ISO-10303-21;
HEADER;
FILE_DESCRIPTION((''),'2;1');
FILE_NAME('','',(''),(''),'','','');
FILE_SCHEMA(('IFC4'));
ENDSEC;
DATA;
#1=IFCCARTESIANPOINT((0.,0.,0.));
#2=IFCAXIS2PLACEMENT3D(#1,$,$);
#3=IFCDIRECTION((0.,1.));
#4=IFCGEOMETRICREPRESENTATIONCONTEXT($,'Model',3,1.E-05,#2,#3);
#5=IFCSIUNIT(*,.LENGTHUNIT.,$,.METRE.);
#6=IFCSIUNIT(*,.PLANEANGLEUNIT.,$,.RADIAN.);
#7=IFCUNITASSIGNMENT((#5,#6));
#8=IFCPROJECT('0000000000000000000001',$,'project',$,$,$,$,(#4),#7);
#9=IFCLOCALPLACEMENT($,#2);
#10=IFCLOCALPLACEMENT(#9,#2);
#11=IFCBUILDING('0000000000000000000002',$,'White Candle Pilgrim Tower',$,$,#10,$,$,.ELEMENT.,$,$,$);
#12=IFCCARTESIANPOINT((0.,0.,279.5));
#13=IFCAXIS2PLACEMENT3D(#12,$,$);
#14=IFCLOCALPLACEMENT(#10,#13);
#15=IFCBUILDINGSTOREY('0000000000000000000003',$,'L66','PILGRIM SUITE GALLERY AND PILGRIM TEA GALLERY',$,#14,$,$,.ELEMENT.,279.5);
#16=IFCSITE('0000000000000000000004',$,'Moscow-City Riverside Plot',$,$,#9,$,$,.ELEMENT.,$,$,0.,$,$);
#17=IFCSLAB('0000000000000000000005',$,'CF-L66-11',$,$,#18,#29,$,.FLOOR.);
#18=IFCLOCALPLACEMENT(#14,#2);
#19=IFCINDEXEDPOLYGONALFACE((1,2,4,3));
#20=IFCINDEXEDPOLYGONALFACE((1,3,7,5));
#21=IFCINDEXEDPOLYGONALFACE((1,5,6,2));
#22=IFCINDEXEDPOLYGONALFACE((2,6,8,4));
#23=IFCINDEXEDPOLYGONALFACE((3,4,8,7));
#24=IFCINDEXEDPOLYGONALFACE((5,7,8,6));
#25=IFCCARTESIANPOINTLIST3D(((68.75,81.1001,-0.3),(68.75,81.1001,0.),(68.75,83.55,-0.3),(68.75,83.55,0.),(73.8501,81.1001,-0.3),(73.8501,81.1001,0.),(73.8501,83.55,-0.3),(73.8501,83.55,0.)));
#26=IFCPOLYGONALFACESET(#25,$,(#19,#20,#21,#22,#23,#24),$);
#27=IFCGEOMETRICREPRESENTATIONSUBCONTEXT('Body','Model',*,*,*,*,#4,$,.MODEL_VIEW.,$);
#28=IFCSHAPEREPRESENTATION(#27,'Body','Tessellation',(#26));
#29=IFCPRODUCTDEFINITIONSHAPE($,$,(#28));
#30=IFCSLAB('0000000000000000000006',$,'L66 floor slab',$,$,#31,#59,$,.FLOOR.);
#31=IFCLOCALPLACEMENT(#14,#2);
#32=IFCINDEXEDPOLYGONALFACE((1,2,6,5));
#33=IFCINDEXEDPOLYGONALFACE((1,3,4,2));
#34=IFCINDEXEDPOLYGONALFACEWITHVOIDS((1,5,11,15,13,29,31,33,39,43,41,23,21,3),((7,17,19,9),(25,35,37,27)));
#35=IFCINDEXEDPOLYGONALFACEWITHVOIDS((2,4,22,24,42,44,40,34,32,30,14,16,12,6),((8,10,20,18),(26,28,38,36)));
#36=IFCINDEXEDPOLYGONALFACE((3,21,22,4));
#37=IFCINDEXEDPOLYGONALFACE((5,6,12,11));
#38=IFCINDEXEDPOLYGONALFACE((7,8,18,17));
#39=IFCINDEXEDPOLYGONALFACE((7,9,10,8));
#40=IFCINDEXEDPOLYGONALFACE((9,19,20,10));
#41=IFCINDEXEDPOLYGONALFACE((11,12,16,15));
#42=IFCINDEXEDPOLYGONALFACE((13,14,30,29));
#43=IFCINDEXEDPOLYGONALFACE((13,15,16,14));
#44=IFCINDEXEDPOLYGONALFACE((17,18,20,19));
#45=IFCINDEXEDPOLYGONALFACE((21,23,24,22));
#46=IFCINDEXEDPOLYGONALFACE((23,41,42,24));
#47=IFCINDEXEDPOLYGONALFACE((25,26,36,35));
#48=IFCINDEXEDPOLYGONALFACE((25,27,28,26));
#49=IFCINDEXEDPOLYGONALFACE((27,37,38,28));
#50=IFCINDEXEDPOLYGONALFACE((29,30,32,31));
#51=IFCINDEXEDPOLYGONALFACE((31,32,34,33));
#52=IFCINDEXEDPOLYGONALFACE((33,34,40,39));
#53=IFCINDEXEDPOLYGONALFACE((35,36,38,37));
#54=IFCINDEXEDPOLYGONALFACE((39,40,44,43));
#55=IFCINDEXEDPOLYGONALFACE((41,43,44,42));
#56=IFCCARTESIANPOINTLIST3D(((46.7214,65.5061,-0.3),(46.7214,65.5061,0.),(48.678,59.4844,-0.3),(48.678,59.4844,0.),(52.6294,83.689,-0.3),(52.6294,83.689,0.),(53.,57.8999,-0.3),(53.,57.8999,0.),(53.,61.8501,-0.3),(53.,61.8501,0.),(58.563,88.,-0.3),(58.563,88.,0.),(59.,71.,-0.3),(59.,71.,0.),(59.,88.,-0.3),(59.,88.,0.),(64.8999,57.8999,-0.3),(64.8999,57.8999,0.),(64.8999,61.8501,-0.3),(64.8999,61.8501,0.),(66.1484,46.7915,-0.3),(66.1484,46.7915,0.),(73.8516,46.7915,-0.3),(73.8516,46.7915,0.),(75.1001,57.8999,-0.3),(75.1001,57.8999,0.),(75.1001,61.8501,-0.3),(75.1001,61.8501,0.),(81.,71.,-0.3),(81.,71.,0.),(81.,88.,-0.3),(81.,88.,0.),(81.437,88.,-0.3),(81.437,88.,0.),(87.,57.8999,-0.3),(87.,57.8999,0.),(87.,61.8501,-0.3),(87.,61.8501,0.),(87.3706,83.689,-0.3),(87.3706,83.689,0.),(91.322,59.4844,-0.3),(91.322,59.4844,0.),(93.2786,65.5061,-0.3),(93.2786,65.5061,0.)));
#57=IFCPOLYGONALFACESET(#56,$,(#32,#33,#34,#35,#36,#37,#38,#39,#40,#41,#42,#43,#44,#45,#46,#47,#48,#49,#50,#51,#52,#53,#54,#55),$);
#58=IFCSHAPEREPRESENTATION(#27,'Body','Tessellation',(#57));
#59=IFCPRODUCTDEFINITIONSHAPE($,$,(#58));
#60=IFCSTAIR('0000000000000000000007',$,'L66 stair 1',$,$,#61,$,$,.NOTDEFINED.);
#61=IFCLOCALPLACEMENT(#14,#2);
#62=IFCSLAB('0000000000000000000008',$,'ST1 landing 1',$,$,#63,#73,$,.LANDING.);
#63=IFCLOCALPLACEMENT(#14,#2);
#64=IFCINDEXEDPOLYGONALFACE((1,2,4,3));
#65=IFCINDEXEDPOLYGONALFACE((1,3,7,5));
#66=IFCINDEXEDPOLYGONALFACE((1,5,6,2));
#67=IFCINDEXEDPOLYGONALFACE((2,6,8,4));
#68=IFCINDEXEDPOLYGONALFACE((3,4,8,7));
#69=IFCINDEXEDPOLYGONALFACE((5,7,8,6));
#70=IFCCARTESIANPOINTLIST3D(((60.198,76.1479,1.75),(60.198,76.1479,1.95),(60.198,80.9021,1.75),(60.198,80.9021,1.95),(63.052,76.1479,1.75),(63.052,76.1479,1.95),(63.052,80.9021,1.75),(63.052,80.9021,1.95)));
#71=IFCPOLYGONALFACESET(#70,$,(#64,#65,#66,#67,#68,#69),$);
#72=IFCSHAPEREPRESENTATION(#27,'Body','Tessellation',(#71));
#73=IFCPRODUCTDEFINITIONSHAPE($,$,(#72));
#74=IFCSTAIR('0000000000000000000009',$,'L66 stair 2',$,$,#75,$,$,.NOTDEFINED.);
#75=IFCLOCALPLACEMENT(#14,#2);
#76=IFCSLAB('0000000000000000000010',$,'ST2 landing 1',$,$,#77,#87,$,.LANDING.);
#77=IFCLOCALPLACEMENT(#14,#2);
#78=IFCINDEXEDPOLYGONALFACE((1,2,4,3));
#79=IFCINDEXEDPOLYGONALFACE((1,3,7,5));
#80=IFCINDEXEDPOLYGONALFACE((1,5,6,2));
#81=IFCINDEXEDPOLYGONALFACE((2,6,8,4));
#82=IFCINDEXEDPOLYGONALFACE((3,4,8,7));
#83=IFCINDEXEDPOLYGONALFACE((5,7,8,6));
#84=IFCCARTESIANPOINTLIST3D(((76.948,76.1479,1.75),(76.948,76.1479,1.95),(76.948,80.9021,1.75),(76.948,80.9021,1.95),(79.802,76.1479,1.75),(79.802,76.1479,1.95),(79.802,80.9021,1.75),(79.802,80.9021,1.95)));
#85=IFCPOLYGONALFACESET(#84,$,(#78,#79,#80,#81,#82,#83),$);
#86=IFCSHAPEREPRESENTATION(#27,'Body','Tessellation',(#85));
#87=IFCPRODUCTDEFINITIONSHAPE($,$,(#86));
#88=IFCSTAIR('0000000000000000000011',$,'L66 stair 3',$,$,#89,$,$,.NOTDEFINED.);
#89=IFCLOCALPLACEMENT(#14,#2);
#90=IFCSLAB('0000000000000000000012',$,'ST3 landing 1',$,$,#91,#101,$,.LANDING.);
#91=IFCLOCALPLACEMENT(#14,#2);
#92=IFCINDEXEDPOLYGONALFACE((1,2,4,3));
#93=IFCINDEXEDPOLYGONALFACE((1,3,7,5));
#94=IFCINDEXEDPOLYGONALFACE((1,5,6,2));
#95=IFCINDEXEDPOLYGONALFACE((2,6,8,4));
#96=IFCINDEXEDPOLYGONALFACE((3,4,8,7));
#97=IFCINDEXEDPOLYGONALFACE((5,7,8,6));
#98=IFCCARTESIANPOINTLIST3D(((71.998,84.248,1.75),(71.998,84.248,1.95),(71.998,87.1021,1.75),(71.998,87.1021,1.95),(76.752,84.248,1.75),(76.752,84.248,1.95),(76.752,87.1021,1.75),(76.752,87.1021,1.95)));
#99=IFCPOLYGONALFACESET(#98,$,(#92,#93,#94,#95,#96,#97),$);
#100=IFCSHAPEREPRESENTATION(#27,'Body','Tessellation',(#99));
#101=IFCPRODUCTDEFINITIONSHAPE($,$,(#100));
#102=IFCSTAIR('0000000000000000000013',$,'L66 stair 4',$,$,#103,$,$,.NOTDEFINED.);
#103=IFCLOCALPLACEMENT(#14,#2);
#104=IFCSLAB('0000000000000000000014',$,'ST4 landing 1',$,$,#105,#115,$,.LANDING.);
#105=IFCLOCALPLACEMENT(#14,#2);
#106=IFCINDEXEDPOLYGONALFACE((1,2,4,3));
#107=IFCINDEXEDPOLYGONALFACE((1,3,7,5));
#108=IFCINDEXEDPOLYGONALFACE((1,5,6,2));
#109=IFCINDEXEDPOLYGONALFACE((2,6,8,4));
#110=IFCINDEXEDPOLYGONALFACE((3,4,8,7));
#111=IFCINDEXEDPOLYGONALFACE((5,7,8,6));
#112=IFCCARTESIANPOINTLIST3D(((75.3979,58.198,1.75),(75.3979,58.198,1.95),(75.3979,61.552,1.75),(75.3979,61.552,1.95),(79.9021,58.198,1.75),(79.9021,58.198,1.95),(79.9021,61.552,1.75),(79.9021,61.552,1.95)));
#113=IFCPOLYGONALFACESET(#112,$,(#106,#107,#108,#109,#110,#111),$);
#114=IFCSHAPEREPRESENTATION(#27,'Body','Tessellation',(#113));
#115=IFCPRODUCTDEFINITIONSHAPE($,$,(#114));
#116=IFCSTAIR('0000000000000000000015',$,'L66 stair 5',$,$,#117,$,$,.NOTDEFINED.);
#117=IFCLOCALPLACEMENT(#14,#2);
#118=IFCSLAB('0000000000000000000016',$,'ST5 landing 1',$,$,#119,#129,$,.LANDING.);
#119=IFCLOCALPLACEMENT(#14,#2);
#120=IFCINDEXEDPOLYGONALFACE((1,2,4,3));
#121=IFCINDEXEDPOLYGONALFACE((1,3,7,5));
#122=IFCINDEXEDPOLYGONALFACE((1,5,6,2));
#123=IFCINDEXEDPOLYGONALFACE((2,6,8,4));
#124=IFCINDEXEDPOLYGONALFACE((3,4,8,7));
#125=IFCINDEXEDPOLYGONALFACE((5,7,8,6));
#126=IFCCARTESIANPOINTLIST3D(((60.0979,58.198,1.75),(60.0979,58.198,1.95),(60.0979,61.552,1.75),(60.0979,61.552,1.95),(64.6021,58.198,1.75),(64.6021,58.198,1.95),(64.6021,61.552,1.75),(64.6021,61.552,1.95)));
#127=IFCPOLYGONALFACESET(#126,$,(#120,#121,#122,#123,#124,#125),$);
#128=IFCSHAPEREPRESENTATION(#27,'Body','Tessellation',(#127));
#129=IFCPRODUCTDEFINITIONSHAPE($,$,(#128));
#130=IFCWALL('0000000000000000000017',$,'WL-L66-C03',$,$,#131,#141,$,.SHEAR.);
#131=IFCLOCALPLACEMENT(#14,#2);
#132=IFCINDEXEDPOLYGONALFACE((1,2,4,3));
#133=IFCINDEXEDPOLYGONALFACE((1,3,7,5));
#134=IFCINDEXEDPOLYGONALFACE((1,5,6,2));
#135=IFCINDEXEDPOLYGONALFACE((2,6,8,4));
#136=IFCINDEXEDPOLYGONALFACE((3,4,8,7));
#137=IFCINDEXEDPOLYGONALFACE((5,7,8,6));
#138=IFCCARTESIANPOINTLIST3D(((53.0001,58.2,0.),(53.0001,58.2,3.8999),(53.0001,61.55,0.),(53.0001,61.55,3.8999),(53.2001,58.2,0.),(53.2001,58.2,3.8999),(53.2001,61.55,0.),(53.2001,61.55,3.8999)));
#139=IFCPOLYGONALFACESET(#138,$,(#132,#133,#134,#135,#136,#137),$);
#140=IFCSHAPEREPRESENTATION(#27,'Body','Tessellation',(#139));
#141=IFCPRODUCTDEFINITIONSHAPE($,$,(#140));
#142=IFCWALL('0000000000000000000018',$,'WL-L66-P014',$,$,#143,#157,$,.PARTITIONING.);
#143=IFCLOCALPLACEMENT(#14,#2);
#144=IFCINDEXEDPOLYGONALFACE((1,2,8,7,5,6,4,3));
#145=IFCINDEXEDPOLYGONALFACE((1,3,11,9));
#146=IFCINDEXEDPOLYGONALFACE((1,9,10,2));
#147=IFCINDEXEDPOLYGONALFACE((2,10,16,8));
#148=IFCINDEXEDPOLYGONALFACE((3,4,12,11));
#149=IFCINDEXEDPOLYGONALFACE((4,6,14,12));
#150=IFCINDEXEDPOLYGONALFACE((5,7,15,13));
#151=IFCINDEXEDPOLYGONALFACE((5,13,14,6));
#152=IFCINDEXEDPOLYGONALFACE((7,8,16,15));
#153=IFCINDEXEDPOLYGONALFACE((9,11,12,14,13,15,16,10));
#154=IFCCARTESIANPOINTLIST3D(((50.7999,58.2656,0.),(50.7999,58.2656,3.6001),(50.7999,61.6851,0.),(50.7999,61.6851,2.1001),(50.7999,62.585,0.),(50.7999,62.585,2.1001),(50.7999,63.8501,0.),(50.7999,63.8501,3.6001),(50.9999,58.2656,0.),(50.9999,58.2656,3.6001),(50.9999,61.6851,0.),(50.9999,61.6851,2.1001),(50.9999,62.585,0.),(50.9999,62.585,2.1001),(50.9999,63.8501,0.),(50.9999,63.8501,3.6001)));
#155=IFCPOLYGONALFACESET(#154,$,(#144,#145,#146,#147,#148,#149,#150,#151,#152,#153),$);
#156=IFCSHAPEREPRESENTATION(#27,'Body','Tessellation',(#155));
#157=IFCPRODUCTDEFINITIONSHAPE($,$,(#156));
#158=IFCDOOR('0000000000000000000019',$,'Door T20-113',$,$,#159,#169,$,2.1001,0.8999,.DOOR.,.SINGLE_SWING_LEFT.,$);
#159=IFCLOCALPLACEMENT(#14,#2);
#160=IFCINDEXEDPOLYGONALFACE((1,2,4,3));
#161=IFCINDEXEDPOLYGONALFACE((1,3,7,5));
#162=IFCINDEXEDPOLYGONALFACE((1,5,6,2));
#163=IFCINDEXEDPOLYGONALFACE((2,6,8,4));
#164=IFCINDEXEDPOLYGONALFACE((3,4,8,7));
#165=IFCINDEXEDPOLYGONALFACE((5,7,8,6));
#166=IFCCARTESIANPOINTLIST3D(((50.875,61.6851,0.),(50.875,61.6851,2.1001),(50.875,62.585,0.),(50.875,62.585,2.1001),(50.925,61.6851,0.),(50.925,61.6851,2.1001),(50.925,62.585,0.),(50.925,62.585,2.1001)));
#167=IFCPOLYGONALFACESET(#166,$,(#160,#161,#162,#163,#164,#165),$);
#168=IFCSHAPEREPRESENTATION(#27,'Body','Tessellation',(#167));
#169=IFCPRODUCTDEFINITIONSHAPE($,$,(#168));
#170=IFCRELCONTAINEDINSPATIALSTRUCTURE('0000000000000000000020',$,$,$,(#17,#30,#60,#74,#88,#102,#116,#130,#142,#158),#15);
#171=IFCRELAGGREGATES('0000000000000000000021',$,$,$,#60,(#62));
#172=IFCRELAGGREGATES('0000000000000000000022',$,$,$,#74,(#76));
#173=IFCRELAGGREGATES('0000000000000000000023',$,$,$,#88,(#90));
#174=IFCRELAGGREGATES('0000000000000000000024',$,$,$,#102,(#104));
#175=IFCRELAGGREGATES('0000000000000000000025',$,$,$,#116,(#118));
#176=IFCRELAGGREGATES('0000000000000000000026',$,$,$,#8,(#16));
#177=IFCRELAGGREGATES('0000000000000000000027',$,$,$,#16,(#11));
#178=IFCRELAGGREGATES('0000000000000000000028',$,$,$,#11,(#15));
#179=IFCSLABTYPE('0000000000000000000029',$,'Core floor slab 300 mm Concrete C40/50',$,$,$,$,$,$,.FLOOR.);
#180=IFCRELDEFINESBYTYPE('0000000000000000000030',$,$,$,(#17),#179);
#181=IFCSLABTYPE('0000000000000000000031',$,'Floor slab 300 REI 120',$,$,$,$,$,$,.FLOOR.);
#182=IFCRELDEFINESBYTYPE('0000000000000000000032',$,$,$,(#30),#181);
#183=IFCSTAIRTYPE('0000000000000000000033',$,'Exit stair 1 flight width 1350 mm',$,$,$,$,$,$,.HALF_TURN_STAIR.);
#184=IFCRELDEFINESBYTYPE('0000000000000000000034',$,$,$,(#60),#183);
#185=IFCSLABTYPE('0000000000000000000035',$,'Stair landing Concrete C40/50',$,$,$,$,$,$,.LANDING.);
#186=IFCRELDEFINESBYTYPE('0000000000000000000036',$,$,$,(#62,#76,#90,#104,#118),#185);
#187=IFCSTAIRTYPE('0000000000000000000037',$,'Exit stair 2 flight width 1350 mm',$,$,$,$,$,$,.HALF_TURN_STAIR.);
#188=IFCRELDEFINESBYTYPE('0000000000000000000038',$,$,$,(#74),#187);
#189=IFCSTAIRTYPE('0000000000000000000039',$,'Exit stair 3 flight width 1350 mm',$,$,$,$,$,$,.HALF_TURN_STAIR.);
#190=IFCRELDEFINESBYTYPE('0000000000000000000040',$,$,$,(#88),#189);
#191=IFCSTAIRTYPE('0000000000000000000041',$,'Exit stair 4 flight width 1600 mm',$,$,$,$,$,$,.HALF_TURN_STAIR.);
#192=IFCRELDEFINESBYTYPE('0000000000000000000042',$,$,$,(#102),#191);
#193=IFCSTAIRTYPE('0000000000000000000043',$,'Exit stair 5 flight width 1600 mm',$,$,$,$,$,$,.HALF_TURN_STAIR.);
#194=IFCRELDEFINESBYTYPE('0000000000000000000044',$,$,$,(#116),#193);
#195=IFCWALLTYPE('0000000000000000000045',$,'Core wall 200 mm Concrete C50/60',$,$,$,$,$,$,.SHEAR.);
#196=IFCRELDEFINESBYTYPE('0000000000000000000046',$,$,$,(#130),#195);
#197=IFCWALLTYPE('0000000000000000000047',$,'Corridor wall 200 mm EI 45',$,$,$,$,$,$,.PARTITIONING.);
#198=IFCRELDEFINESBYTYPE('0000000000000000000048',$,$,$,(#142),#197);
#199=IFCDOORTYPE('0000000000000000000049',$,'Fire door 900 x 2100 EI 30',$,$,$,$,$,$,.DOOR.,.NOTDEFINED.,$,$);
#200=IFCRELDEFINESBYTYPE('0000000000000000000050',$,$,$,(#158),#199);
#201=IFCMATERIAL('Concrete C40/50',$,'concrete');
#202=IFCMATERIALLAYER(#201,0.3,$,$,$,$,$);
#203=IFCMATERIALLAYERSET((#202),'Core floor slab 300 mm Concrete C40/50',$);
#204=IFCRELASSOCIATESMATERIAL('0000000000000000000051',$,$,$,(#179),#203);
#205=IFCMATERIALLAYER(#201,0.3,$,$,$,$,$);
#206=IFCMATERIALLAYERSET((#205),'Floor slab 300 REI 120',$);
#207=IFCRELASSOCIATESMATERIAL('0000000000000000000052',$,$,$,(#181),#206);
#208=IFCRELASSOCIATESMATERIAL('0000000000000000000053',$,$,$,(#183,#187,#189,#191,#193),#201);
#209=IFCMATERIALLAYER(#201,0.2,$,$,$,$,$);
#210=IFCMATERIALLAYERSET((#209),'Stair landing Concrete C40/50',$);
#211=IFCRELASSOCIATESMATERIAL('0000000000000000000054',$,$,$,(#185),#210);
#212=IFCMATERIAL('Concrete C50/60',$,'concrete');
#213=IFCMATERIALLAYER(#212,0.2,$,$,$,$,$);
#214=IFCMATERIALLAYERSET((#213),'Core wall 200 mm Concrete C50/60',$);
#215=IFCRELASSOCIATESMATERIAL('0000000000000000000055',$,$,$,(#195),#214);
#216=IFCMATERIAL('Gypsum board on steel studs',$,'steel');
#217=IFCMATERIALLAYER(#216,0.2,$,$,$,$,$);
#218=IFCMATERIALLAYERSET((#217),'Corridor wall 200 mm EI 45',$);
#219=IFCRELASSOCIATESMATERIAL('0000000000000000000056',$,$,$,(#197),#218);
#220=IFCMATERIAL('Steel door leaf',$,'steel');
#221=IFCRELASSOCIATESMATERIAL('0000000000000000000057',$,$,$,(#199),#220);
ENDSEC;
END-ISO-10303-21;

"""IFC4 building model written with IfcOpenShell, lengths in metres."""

from ifc_helpers import new_model, si_unit, direction, frame, frame_2d, origin, place, context, subcontext, project, spatial, polyline, rectangle, outline, extrude, material, layer, layer_set, type_object, element, fill, aggregate, save


model = new_model("IFC4")

# Units and contexts
model_context = context("Model", 3, precision=1e-05, world=origin(), true_north=direction((0.0, 1.0)))
body_context = subcontext(model_context, "Body", "Model", "MODEL_VIEW")
ifc_project = project(units=[si_unit("LENGTHUNIT", "METRE"), si_unit("PLANEANGLEUNIT", "RADIAN")], contexts=[model_context])

# Site, building, storey
site_placement = place(None, origin())
site = spatial("IfcSite", under=ifc_project, at=site_placement, Name="Moscow-City Riverside Plot", CompositionType="ELEMENT", RefElevation=0.0)
building_placement = place(site_placement, origin())
building = spatial("IfcBuilding", under=site, at=building_placement, Name="White Candle Pilgrim Tower", CompositionType="ELEMENT")
storey_placement = place(building_placement, frame((0.0, 0.0, 279.5)))
storey = spatial("IfcBuildingStorey", under=building, at=storey_placement, Name="L66", Description="PILGRIM SUITE GALLERY AND PILGRIM TEA GALLERY", CompositionType="ELEMENT", Elevation=279.5)

# Slabs
ifc_material_1 = material(Name="Concrete C40/50", Category="concrete")
ifc_layer_1 = layer(ifc_material_1, 0.3)
ifc_layer_set_1 = layer_set([ifc_layer_1], Name="Core floor slab 300 mm Concrete C40/50")
slab_type_1 = type_object("IfcSlabType", Name="Core floor slab 300 mm Concrete C40/50", PredefinedType="FLOOR", material=ifc_layer_set_1)
slab_1_placement = place(storey_placement, frame((0.0, 0.0, -0.3)))
element("IfcSlab", 1, at=slab_1_placement, inside=storey, type_object=slab_type_1, Name="CF-L66-11", PredefinedType="FLOOR", context=body_context, shape_type="SweptSolid", body=[
    extrude(outline(polyline([(73.8501, 83.55), (73.8501, 81.1001), (68.75, 81.1001), (68.75, 83.55), (73.8501, 83.55)])), origin(), (0.0, 0.0, 1.0), 0.3),
])
ifc_layer_2 = layer(ifc_material_1, 0.3)
ifc_layer_set_2 = layer_set([ifc_layer_2], Name="Floor slab 300 REI 120")
slab_type_2 = type_object("IfcSlabType", Name="Floor slab 300 REI 120", PredefinedType="FLOOR", material=ifc_layer_set_2)
slab_2_placement = place(storey_placement, frame((0.0, 0.0, -0.3)))
element("IfcSlab", 2, at=slab_2_placement, inside=storey, type_object=slab_type_2, Name="L66 floor slab", PredefinedType="FLOOR", context=body_context, shape_type="SweptSolid", body=[
    extrude(outline(polyline([(66.1484, 46.7915), (73.8516, 46.7915), (91.322, 59.4844), (93.2786, 65.5061), (87.3706, 83.689), (81.437, 88.0), (81.0, 88.0), (81.0, 71.0), (59.0, 71.0), (59.0, 88.0), (58.563, 88.0), (52.6294, 83.689), (46.7214, 65.5061), (48.678, 59.4844), (66.1484, 46.7915)]), holes=[polyline([(53.0, 57.8999), (53.0, 61.8501), (64.8999, 61.8501), (64.8999, 57.8999), (53.0, 57.8999)]), polyline([(75.1001, 57.8999), (75.1001, 61.8501), (87.0, 61.8501), (87.0, 57.8999), (75.1001, 57.8999)])]), origin(), (0.0, 0.0, 1.0), 0.3),
])

# Stairs, slabs
stair_type_1 = type_object("IfcStairType", Name="Exit stair 1 flight width 1350 mm", PredefinedType="HALF_TURN_STAIR", material=ifc_material_1)
stair_1_placement = place(storey_placement, origin())
stair_1 = element("IfcStair", 3, at=stair_1_placement, inside=storey, type_object=stair_type_1, Name="L66 stair 1", PredefinedType="NOTDEFINED")
ifc_layer_3 = layer(ifc_material_1, 0.2)
ifc_layer_set_3 = layer_set([ifc_layer_3], Name="Stair landing Concrete C40/50")
slab_type_3 = type_object("IfcSlabType", Name="Stair landing Concrete C40/50", PredefinedType="LANDING", material=ifc_layer_set_3)
slab_3_placement = place(storey_placement, frame((0.0, 0.0, 1.75)))
slab_3 = element("IfcSlab", 4, at=slab_3_placement, type_object=slab_type_3, Name="ST1 landing 1", PredefinedType="LANDING", context=body_context, shape_type="SweptSolid", body=[
    extrude(outline(polyline([(63.052, 76.1479), (60.198, 76.1479), (60.198, 80.9021), (63.052, 80.9021), (63.052, 76.1479)])), origin(), (0.0, 0.0, 1.0), 0.2),
])
aggregate(stair_1, [slab_3])
stair_type_2 = type_object("IfcStairType", Name="Exit stair 2 flight width 1350 mm", PredefinedType="HALF_TURN_STAIR", material=ifc_material_1)
stair_2_placement = place(storey_placement, origin())
stair_2 = element("IfcStair", 5, at=stair_2_placement, inside=storey, type_object=stair_type_2, Name="L66 stair 2", PredefinedType="NOTDEFINED")
slab_4_placement = place(storey_placement, frame((0.0, 0.0, 1.75)))
slab_4 = element("IfcSlab", 6, at=slab_4_placement, type_object=slab_type_3, Name="ST2 landing 1", PredefinedType="LANDING", context=body_context, shape_type="SweptSolid", body=[
    extrude(outline(polyline([(79.802, 76.1479), (76.948, 76.1479), (76.948, 80.9021), (79.802, 80.9021), (79.802, 76.1479)])), origin(), (0.0, 0.0, 1.0), 0.2),
])
aggregate(stair_2, [slab_4])
stair_type_3 = type_object("IfcStairType", Name="Exit stair 3 flight width 1350 mm", PredefinedType="HALF_TURN_STAIR", material=ifc_material_1)
stair_3_placement = place(storey_placement, origin())
stair_3 = element("IfcStair", 7, at=stair_3_placement, inside=storey, type_object=stair_type_3, Name="L66 stair 3", PredefinedType="NOTDEFINED")
slab_5_placement = place(storey_placement, frame((0.0, 0.0, 1.75)))
slab_5 = element("IfcSlab", 8, at=slab_5_placement, type_object=slab_type_3, Name="ST3 landing 1", PredefinedType="LANDING", context=body_context, shape_type="SweptSolid", body=[
    extrude(outline(polyline([(71.998, 84.248), (71.998, 87.1021), (76.752, 87.1021), (76.752, 84.248), (71.998, 84.248)])), origin(), (0.0, 0.0, 1.0), 0.2),
])
aggregate(stair_3, [slab_5])
stair_type_4 = type_object("IfcStairType", Name="Exit stair 4 flight width 1600 mm", PredefinedType="HALF_TURN_STAIR", material=ifc_material_1)
stair_4_placement = place(storey_placement, origin())
stair_4 = element("IfcStair", 9, at=stair_4_placement, inside=storey, type_object=stair_type_4, Name="L66 stair 4", PredefinedType="NOTDEFINED")
slab_6_placement = place(storey_placement, frame((0.0, 0.0, 1.75)))
slab_6 = element("IfcSlab", 10, at=slab_6_placement, type_object=slab_type_3, Name="ST4 landing 1", PredefinedType="LANDING", context=body_context, shape_type="SweptSolid", body=[
    extrude(outline(polyline([(79.9021, 61.552), (79.9021, 58.198), (75.3979, 58.198), (75.3979, 61.552), (79.9021, 61.552)])), origin(), (0.0, 0.0, 1.0), 0.2),
])
aggregate(stair_4, [slab_6])
stair_type_5 = type_object("IfcStairType", Name="Exit stair 5 flight width 1600 mm", PredefinedType="HALF_TURN_STAIR", material=ifc_material_1)
stair_5_placement = place(storey_placement, origin())
stair_5 = element("IfcStair", 11, at=stair_5_placement, inside=storey, type_object=stair_type_5, Name="L66 stair 5", PredefinedType="NOTDEFINED")
slab_7_placement = place(storey_placement, frame((0.0, 0.0, 1.75)))
slab_7 = element("IfcSlab", 12, at=slab_7_placement, type_object=slab_type_3, Name="ST5 landing 1", PredefinedType="LANDING", context=body_context, shape_type="SweptSolid", body=[
    extrude(outline(polyline([(60.0979, 58.198), (60.0979, 61.552), (64.6021, 61.552), (64.6021, 58.198), (60.0979, 58.198)])), origin(), (0.0, 0.0, 1.0), 0.2),
])
aggregate(stair_5, [slab_7])

# Wall
ifc_material_2 = material(Name="Concrete C50/60", Category="concrete")
ifc_layer_4 = layer(ifc_material_2, 0.2)
ifc_layer_set_4 = layer_set([ifc_layer_4], Name="Core wall 200 mm Concrete C50/60")
wall_type_1 = type_object("IfcWallType", Name="Core wall 200 mm Concrete C50/60", PredefinedType="SHEAR", material=ifc_layer_set_4)
wall_1_placement = place(storey_placement, frame((53.1001, 58.2, 0.0), z_axis=(0.0, 0.0, 1.0), x_axis=(0.0, 1.0, 0.0)))
element("IfcWall", 13, at=wall_1_placement, inside=storey, type_object=wall_type_1, Name="WL-L66-C03", PredefinedType="SHEAR", context=body_context, shape_type="SweptSolid", body=[
    extrude(rectangle(XDim=3.3501, YDim=0.2, at=frame_2d((1.675, 0.0))), origin(), (0.0, 0.0, 1.0), 3.8999),
])

# Wall, opening, door
ifc_material_3 = material(Name="Gypsum board on steel studs", Category="steel")
ifc_layer_5 = layer(ifc_material_3, 0.2)
ifc_layer_set_5 = layer_set([ifc_layer_5], Name="Corridor wall 200 mm EI 45")
wall_type_2 = type_object("IfcWallType", Name="Corridor wall 200 mm EI 45", PredefinedType="PARTITIONING", material=ifc_layer_set_5)
wall_2_placement = place(storey_placement, frame((50.8999, 58.2656, 0.0), z_axis=(0.0, 0.0, 1.0), x_axis=(0.0, 1.0, 0.0)))
wall_2 = element("IfcWall", 14, at=wall_2_placement, inside=storey, type_object=wall_type_2, Name="WL-L66-P014", PredefinedType="PARTITIONING", context=body_context, shape_type="SweptSolid", body=[
    extrude(rectangle(XDim=5.5845, YDim=0.2, at=frame_2d((2.7922, 0.0))), origin(), (0.0, 0.0, 1.0), 3.6001),
])
opening_1_placement = place(wall_2_placement, frame((3.4194, 0.0, 0.0)))
opening_1 = element("IfcOpeningElement", 15, at=opening_1_placement, cuts=wall_2, PredefinedType="OPENING", context=body_context, shape_type="SweptSolid", body=[
    extrude(rectangle(XDim=0.8999, YDim=2.1001, at=frame_2d((0.45, 1.05))), frame((0.0, 0.1099, 0.0), z_axis=(0.0, -1.0, 0.0), x_axis=(1.0, 0.0, 0.0)), (0.0, 0.0, 1.0), 0.22),
])
ifc_material_4 = material(Name="Steel door leaf", Category="steel")
door_type_1 = type_object("IfcDoorType", Name="Fire door 900 x 2100 EI 30", OperationType="NOTDEFINED", PredefinedType="DOOR", material=ifc_material_4)
door_1_placement = place(opening_1_placement, origin())
door_1 = element("IfcDoor", 16, at=door_1_placement, inside=storey, type_object=door_type_1, Name="Door T20-113", OperationType="SINGLE_SWING_LEFT", OverallHeight=2.1001, OverallWidth=0.8999, PredefinedType="DOOR", context=body_context, shape_type="SweptSolid", body=[
    extrude(rectangle(XDim=0.8999, YDim=2.1001, at=frame_2d((0.45, 1.05))), frame((0.0, 0.0249, 0.0), z_axis=(0.0, -1.0, 0.0), x_axis=(1.0, 0.0, 0.0)), (0.0, 0.0, 1.0), 0.05),
])
fill(opening_1, door_1)

save(model, "model.ifc")
